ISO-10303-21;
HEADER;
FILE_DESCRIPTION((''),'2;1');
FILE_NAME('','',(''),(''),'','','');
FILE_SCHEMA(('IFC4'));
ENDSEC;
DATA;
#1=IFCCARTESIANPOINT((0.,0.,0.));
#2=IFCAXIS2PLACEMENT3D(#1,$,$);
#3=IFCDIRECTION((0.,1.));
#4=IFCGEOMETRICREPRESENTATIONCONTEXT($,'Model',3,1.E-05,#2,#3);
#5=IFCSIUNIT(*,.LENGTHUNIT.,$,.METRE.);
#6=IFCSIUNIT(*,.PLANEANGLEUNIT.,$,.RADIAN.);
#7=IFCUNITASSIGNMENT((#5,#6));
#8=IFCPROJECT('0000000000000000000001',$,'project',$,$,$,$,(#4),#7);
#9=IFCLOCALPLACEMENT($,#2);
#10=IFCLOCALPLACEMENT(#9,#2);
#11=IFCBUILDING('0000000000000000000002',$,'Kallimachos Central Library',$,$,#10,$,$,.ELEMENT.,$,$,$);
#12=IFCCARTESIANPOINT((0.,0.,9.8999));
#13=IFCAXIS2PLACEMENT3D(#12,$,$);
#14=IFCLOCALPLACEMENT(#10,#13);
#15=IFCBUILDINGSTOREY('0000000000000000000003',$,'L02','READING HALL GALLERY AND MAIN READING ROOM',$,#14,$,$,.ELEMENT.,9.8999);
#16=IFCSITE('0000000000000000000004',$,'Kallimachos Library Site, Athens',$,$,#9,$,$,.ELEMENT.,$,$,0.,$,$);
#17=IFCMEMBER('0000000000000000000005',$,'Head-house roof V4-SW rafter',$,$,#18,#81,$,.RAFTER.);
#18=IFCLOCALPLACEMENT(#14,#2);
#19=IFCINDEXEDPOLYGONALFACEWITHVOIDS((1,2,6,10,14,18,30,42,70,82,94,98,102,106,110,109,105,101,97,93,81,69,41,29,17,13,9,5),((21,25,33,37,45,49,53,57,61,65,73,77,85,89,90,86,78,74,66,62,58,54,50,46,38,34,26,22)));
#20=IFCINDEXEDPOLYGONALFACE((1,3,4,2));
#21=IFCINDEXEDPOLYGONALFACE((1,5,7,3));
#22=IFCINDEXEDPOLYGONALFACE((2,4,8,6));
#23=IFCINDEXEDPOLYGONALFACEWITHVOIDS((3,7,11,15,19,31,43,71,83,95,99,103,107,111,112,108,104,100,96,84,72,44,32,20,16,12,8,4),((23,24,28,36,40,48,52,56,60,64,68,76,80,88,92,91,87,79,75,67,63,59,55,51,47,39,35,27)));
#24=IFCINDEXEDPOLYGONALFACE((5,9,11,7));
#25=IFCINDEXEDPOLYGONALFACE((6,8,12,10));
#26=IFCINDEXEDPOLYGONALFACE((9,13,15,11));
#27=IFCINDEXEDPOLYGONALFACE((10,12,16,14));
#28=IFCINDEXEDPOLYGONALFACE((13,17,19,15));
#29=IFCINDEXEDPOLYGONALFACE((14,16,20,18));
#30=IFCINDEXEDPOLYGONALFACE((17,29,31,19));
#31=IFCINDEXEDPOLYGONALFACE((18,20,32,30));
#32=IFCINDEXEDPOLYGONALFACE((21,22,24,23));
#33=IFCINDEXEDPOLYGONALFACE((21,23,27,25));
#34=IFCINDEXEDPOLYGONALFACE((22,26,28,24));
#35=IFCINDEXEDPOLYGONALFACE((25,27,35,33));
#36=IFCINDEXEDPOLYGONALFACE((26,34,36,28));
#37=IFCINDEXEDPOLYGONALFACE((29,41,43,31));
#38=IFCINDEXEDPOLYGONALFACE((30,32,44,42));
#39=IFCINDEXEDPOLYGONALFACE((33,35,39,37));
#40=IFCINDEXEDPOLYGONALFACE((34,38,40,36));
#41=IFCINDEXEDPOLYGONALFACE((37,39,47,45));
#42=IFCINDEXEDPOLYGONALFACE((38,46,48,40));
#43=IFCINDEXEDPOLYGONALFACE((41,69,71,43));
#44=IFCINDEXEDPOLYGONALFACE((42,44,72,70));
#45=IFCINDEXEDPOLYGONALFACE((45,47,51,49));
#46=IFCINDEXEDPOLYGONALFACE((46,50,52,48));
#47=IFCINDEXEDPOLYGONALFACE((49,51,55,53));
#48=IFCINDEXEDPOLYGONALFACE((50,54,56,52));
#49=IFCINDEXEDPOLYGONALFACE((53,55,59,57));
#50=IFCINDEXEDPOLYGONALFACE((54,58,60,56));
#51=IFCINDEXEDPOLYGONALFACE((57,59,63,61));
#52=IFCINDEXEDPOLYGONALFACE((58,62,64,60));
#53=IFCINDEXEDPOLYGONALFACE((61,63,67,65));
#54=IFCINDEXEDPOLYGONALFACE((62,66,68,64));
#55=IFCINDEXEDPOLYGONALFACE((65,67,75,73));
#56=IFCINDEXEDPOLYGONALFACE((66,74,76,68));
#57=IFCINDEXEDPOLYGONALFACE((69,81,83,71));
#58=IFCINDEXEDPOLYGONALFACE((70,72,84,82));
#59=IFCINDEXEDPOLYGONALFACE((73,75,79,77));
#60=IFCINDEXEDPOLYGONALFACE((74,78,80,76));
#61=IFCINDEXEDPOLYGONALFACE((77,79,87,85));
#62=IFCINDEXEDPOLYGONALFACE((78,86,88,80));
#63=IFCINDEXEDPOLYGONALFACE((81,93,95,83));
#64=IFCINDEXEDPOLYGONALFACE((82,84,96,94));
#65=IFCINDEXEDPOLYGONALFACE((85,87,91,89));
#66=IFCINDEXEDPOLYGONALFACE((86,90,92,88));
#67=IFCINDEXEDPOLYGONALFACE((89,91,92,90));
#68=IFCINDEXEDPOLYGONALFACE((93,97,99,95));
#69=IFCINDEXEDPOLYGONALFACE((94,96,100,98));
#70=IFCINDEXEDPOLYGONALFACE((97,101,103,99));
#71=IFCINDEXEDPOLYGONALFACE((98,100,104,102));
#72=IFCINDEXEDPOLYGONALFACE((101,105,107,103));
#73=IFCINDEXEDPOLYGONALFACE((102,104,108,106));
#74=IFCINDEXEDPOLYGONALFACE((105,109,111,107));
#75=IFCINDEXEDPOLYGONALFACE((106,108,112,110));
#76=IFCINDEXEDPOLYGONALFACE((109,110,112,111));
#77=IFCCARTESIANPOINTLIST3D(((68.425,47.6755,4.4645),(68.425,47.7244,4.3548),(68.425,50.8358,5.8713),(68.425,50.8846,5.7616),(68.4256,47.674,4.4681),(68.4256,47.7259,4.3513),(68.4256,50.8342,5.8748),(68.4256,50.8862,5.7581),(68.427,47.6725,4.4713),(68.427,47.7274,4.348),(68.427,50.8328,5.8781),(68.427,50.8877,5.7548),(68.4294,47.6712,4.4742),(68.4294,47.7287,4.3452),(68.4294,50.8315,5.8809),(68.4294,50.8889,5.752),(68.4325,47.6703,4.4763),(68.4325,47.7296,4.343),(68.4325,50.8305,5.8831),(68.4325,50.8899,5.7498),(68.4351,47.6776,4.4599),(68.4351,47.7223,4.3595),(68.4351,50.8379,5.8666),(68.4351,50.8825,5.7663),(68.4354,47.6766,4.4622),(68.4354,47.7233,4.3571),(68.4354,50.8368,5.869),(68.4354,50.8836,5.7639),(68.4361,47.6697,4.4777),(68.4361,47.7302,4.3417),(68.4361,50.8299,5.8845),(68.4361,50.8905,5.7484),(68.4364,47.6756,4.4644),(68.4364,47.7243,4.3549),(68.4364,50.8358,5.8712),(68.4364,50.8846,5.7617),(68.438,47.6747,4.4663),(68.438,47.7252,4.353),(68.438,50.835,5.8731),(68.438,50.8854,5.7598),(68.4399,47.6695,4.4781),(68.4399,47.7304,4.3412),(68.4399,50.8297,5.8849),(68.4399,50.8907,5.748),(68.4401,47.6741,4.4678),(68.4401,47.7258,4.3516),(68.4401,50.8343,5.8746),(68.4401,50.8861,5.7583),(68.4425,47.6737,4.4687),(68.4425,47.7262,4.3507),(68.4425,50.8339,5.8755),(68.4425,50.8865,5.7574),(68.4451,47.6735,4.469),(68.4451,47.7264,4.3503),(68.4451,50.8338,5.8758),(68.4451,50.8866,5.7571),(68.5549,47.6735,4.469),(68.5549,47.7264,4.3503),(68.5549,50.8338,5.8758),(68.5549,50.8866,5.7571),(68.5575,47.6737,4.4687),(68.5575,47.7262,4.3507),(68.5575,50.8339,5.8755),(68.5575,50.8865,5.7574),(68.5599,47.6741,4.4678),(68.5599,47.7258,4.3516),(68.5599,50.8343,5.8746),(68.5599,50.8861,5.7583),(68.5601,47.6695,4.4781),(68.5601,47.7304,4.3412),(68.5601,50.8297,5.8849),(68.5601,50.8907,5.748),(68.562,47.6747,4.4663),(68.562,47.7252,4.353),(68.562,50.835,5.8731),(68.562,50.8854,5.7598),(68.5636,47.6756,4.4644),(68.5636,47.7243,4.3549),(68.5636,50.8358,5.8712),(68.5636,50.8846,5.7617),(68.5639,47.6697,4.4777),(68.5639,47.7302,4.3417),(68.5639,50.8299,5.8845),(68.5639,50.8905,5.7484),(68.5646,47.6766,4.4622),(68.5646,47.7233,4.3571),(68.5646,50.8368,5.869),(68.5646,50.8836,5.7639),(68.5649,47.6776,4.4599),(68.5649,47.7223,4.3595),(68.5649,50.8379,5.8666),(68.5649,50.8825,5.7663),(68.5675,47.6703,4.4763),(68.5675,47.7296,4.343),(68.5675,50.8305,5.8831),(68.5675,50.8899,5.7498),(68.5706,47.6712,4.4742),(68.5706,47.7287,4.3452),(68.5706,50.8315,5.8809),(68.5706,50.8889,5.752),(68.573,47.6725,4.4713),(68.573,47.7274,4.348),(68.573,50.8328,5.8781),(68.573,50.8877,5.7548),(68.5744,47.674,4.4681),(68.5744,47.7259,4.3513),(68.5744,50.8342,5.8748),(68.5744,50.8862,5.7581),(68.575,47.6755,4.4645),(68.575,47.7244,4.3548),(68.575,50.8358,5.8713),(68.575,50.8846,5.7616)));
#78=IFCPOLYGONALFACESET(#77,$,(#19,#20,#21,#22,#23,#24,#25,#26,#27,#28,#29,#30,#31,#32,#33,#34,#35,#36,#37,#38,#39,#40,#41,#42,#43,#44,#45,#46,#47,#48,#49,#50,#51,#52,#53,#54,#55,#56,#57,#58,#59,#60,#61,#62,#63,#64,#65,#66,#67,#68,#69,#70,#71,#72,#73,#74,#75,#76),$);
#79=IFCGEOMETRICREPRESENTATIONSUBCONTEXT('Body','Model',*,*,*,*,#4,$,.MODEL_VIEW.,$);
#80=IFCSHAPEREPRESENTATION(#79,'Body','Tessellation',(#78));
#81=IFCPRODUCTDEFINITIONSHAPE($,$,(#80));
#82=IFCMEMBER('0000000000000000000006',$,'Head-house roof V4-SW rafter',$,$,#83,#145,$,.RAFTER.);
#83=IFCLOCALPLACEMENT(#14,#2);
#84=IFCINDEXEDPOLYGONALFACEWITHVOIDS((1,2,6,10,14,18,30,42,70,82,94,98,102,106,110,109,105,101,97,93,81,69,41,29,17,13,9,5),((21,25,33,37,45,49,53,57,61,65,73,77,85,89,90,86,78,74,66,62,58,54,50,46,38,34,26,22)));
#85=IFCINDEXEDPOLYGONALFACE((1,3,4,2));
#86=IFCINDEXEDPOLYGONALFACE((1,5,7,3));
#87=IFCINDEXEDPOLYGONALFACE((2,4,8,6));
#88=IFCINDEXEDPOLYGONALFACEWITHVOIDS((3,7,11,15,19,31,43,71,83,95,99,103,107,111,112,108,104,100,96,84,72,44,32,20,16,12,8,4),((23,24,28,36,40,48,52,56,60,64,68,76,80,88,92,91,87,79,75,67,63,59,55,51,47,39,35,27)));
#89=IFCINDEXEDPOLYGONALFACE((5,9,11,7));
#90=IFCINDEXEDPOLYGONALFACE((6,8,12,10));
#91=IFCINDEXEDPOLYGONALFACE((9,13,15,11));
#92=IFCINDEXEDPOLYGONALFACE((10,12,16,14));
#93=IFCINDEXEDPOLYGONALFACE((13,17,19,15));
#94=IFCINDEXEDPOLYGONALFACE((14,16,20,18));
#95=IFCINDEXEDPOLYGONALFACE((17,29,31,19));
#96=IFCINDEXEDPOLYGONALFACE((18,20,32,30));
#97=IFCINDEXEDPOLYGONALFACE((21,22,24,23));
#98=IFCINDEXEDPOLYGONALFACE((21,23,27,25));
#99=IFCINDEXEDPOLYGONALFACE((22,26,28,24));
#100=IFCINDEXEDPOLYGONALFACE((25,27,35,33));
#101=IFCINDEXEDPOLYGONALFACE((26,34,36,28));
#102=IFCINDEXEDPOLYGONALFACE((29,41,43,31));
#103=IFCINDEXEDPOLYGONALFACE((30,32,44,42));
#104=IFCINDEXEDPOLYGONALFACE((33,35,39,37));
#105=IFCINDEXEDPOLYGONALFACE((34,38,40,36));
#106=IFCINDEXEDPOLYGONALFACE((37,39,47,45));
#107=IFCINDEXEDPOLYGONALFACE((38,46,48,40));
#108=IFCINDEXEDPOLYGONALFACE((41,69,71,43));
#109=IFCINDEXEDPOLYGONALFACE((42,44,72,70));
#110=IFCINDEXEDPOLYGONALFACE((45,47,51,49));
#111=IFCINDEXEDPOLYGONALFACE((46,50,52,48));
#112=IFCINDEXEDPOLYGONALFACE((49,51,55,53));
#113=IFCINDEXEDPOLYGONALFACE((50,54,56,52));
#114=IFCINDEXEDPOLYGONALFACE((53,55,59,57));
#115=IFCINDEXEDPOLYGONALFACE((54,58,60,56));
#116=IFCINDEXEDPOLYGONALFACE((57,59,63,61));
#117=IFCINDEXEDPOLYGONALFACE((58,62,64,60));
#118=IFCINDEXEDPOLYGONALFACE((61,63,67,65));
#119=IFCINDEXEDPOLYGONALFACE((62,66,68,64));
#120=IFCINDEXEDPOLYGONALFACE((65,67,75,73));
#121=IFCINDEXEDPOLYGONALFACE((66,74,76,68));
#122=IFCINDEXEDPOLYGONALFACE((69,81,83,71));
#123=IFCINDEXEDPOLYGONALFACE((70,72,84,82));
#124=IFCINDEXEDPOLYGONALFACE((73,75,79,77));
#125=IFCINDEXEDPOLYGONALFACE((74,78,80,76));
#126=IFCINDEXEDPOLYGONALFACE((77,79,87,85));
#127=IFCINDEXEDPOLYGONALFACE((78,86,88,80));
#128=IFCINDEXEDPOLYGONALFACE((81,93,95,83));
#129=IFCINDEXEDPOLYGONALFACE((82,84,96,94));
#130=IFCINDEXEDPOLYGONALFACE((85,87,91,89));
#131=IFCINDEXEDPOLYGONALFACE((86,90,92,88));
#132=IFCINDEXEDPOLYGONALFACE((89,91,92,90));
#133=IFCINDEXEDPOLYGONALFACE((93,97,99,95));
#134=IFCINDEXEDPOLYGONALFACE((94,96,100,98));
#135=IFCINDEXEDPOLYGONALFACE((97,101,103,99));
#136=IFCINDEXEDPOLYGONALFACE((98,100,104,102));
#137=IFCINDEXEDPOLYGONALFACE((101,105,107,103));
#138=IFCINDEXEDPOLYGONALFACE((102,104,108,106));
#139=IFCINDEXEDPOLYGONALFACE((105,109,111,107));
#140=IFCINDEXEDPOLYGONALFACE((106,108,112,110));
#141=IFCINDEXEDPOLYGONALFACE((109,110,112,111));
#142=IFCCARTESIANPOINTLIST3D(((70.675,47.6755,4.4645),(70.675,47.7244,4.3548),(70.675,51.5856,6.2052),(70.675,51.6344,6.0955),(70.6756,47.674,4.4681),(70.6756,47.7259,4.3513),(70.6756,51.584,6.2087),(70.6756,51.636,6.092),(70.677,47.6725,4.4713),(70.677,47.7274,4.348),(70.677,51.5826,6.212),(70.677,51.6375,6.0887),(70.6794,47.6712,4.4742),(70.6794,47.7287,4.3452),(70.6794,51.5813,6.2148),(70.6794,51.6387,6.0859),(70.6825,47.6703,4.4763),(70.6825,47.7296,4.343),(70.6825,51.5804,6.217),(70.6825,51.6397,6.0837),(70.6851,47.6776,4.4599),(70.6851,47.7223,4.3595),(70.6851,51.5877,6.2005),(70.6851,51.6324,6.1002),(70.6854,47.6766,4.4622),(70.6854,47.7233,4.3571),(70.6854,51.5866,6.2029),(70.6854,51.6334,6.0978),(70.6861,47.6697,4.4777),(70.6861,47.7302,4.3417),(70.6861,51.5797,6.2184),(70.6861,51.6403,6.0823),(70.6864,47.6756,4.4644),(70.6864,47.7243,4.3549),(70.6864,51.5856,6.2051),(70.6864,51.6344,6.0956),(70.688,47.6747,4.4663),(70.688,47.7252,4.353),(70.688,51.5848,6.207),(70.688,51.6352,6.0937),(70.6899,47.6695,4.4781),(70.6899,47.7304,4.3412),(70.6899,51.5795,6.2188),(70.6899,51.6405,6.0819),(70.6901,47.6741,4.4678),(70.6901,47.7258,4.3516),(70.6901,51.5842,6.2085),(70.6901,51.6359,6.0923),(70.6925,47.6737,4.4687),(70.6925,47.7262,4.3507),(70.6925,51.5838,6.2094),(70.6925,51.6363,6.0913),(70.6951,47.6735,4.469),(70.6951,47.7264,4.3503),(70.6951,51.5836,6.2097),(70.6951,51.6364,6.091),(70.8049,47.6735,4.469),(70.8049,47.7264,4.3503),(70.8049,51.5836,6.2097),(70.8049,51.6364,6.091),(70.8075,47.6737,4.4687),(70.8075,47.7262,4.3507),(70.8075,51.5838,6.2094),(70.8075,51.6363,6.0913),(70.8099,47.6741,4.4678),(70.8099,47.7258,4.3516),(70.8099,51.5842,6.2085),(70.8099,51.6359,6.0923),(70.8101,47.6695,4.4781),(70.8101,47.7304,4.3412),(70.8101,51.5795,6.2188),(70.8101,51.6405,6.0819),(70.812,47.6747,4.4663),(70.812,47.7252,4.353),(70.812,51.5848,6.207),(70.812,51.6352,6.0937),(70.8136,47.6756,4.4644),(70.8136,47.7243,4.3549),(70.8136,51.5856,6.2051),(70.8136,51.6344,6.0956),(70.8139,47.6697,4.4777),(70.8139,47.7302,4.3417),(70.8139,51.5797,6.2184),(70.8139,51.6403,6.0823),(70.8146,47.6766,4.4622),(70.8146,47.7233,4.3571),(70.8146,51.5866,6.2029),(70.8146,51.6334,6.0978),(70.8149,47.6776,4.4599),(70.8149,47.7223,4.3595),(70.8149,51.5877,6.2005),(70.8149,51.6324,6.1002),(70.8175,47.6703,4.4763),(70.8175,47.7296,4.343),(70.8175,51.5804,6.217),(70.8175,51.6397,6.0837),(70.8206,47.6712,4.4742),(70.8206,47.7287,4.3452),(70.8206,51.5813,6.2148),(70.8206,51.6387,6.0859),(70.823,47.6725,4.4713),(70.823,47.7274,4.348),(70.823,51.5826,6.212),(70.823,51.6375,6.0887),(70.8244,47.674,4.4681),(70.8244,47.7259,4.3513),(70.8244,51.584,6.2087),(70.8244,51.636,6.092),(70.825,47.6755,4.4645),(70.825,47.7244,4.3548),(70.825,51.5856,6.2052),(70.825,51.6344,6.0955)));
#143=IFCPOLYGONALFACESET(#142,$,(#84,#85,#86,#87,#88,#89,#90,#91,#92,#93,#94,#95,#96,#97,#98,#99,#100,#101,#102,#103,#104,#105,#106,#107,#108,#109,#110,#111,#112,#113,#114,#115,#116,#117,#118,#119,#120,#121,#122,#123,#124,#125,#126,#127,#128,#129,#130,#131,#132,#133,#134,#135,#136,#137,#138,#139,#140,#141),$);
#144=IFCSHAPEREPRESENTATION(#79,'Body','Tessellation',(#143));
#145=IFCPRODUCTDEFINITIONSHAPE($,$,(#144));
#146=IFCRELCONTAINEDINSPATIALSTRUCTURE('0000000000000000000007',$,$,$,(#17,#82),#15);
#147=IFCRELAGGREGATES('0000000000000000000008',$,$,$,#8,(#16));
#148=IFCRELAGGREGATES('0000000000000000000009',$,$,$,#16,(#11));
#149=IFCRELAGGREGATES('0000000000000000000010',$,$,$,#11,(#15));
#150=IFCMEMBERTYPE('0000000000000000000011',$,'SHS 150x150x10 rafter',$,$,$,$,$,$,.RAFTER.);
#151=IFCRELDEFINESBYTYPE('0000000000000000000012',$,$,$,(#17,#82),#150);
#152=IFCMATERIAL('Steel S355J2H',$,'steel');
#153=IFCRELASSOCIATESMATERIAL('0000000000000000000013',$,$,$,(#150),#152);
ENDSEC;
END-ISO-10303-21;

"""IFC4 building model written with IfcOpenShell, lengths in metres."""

from ifc_helpers import new_model, si_unit, direction, frame, origin, origin_2d, place, context, subcontext, project, spatial, hollow_rectangle, extrude, material, material_profile, profile_set, type_object, element, save


model = new_model("IFC4")

# Units and contexts
model_context = context("Model", 3, precision=1e-05, world=origin(), true_north=direction((0.0, 1.0)))
body_context = subcontext(model_context, "Body", "Model", "MODEL_VIEW")
ifc_project = project(units=[si_unit("LENGTHUNIT", "METRE"), si_unit("PLANEANGLEUNIT", "RADIAN")], contexts=[model_context])

# Site, building, storey
site_placement = place(None, origin())
site = spatial("IfcSite", under=ifc_project, at=site_placement, Name="Kallimachos Library Site, Athens", CompositionType="ELEMENT", RefElevation=0.0)
building_placement = place(site_placement, origin())
building = spatial("IfcBuilding", under=site, at=building_placement, Name="Kallimachos Central Library", CompositionType="ELEMENT")
storey_placement = place(building_placement, frame((0.0, 0.0, 9.8999)))
storey = spatial("IfcBuildingStorey", under=building, at=storey_placement, Name="L02", Description="READING HALL GALLERY AND MAIN READING ROOM", CompositionType="ELEMENT", Elevation=9.8999)

# Members
ifc_material_1 = material(Name="Steel S355J2H", Category="steel")
ifc_material_profile_1 = material_profile(ifc_material_1, hollow_rectangle(XDim=0.1499, YDim=0.1499, WallThickness=0.01, InnerFilletRadius=0.01, OuterFilletRadius=0.0149, at=origin_2d()), Name="SHS 150x150x10")
ifc_profile_set_1 = profile_set([ifc_material_profile_1], Name="Steel S355J2H")
member_type_1 = type_object("IfcMemberType", Name="SHS 150x150x10 rafter", PredefinedType="RAFTER", material=ifc_profile_set_1)
member_1_placement = place(storey_placement, frame((68.5, 47.7, 4.4097), z_axis=(0.0, 0.913573, 0.406675), x_axis=(-1.0, 0.0, 0.0)))
element("IfcMember", 1, at=member_1_placement, inside=storey, type_object=member_type_1, Name="Head-house roof V4-SW rafter", PredefinedType="RAFTER", context=body_context, shape_type="SweptSolid", body=[
    extrude(hollow_rectangle(XDim=0.1499, YDim=0.1499, WallThickness=0.01, InnerFilletRadius=0.01, OuterFilletRadius=0.0149, at=origin_2d()), origin(), (0.0, 0.0, 1.0), 3.4592),
])
member_2_placement = place(storey_placement, frame((70.75, 47.7, 4.4097), z_axis=(0.0, 0.913562, 0.406699), x_axis=(-1.0, 0.0, 0.0)))
element("IfcMember", 2, at=member_2_placement, inside=storey, type_object=member_type_1, Name="Head-house roof V4-SW rafter", PredefinedType="RAFTER", context=body_context, shape_type="SweptSolid", body=[
    extrude(hollow_rectangle(XDim=0.1499, YDim=0.1499, WallThickness=0.01, InnerFilletRadius=0.01, OuterFilletRadius=0.0149, at=origin_2d()), origin(), (0.0, 0.0, 1.0), 4.28),
])

save(model, "model.ifc")
